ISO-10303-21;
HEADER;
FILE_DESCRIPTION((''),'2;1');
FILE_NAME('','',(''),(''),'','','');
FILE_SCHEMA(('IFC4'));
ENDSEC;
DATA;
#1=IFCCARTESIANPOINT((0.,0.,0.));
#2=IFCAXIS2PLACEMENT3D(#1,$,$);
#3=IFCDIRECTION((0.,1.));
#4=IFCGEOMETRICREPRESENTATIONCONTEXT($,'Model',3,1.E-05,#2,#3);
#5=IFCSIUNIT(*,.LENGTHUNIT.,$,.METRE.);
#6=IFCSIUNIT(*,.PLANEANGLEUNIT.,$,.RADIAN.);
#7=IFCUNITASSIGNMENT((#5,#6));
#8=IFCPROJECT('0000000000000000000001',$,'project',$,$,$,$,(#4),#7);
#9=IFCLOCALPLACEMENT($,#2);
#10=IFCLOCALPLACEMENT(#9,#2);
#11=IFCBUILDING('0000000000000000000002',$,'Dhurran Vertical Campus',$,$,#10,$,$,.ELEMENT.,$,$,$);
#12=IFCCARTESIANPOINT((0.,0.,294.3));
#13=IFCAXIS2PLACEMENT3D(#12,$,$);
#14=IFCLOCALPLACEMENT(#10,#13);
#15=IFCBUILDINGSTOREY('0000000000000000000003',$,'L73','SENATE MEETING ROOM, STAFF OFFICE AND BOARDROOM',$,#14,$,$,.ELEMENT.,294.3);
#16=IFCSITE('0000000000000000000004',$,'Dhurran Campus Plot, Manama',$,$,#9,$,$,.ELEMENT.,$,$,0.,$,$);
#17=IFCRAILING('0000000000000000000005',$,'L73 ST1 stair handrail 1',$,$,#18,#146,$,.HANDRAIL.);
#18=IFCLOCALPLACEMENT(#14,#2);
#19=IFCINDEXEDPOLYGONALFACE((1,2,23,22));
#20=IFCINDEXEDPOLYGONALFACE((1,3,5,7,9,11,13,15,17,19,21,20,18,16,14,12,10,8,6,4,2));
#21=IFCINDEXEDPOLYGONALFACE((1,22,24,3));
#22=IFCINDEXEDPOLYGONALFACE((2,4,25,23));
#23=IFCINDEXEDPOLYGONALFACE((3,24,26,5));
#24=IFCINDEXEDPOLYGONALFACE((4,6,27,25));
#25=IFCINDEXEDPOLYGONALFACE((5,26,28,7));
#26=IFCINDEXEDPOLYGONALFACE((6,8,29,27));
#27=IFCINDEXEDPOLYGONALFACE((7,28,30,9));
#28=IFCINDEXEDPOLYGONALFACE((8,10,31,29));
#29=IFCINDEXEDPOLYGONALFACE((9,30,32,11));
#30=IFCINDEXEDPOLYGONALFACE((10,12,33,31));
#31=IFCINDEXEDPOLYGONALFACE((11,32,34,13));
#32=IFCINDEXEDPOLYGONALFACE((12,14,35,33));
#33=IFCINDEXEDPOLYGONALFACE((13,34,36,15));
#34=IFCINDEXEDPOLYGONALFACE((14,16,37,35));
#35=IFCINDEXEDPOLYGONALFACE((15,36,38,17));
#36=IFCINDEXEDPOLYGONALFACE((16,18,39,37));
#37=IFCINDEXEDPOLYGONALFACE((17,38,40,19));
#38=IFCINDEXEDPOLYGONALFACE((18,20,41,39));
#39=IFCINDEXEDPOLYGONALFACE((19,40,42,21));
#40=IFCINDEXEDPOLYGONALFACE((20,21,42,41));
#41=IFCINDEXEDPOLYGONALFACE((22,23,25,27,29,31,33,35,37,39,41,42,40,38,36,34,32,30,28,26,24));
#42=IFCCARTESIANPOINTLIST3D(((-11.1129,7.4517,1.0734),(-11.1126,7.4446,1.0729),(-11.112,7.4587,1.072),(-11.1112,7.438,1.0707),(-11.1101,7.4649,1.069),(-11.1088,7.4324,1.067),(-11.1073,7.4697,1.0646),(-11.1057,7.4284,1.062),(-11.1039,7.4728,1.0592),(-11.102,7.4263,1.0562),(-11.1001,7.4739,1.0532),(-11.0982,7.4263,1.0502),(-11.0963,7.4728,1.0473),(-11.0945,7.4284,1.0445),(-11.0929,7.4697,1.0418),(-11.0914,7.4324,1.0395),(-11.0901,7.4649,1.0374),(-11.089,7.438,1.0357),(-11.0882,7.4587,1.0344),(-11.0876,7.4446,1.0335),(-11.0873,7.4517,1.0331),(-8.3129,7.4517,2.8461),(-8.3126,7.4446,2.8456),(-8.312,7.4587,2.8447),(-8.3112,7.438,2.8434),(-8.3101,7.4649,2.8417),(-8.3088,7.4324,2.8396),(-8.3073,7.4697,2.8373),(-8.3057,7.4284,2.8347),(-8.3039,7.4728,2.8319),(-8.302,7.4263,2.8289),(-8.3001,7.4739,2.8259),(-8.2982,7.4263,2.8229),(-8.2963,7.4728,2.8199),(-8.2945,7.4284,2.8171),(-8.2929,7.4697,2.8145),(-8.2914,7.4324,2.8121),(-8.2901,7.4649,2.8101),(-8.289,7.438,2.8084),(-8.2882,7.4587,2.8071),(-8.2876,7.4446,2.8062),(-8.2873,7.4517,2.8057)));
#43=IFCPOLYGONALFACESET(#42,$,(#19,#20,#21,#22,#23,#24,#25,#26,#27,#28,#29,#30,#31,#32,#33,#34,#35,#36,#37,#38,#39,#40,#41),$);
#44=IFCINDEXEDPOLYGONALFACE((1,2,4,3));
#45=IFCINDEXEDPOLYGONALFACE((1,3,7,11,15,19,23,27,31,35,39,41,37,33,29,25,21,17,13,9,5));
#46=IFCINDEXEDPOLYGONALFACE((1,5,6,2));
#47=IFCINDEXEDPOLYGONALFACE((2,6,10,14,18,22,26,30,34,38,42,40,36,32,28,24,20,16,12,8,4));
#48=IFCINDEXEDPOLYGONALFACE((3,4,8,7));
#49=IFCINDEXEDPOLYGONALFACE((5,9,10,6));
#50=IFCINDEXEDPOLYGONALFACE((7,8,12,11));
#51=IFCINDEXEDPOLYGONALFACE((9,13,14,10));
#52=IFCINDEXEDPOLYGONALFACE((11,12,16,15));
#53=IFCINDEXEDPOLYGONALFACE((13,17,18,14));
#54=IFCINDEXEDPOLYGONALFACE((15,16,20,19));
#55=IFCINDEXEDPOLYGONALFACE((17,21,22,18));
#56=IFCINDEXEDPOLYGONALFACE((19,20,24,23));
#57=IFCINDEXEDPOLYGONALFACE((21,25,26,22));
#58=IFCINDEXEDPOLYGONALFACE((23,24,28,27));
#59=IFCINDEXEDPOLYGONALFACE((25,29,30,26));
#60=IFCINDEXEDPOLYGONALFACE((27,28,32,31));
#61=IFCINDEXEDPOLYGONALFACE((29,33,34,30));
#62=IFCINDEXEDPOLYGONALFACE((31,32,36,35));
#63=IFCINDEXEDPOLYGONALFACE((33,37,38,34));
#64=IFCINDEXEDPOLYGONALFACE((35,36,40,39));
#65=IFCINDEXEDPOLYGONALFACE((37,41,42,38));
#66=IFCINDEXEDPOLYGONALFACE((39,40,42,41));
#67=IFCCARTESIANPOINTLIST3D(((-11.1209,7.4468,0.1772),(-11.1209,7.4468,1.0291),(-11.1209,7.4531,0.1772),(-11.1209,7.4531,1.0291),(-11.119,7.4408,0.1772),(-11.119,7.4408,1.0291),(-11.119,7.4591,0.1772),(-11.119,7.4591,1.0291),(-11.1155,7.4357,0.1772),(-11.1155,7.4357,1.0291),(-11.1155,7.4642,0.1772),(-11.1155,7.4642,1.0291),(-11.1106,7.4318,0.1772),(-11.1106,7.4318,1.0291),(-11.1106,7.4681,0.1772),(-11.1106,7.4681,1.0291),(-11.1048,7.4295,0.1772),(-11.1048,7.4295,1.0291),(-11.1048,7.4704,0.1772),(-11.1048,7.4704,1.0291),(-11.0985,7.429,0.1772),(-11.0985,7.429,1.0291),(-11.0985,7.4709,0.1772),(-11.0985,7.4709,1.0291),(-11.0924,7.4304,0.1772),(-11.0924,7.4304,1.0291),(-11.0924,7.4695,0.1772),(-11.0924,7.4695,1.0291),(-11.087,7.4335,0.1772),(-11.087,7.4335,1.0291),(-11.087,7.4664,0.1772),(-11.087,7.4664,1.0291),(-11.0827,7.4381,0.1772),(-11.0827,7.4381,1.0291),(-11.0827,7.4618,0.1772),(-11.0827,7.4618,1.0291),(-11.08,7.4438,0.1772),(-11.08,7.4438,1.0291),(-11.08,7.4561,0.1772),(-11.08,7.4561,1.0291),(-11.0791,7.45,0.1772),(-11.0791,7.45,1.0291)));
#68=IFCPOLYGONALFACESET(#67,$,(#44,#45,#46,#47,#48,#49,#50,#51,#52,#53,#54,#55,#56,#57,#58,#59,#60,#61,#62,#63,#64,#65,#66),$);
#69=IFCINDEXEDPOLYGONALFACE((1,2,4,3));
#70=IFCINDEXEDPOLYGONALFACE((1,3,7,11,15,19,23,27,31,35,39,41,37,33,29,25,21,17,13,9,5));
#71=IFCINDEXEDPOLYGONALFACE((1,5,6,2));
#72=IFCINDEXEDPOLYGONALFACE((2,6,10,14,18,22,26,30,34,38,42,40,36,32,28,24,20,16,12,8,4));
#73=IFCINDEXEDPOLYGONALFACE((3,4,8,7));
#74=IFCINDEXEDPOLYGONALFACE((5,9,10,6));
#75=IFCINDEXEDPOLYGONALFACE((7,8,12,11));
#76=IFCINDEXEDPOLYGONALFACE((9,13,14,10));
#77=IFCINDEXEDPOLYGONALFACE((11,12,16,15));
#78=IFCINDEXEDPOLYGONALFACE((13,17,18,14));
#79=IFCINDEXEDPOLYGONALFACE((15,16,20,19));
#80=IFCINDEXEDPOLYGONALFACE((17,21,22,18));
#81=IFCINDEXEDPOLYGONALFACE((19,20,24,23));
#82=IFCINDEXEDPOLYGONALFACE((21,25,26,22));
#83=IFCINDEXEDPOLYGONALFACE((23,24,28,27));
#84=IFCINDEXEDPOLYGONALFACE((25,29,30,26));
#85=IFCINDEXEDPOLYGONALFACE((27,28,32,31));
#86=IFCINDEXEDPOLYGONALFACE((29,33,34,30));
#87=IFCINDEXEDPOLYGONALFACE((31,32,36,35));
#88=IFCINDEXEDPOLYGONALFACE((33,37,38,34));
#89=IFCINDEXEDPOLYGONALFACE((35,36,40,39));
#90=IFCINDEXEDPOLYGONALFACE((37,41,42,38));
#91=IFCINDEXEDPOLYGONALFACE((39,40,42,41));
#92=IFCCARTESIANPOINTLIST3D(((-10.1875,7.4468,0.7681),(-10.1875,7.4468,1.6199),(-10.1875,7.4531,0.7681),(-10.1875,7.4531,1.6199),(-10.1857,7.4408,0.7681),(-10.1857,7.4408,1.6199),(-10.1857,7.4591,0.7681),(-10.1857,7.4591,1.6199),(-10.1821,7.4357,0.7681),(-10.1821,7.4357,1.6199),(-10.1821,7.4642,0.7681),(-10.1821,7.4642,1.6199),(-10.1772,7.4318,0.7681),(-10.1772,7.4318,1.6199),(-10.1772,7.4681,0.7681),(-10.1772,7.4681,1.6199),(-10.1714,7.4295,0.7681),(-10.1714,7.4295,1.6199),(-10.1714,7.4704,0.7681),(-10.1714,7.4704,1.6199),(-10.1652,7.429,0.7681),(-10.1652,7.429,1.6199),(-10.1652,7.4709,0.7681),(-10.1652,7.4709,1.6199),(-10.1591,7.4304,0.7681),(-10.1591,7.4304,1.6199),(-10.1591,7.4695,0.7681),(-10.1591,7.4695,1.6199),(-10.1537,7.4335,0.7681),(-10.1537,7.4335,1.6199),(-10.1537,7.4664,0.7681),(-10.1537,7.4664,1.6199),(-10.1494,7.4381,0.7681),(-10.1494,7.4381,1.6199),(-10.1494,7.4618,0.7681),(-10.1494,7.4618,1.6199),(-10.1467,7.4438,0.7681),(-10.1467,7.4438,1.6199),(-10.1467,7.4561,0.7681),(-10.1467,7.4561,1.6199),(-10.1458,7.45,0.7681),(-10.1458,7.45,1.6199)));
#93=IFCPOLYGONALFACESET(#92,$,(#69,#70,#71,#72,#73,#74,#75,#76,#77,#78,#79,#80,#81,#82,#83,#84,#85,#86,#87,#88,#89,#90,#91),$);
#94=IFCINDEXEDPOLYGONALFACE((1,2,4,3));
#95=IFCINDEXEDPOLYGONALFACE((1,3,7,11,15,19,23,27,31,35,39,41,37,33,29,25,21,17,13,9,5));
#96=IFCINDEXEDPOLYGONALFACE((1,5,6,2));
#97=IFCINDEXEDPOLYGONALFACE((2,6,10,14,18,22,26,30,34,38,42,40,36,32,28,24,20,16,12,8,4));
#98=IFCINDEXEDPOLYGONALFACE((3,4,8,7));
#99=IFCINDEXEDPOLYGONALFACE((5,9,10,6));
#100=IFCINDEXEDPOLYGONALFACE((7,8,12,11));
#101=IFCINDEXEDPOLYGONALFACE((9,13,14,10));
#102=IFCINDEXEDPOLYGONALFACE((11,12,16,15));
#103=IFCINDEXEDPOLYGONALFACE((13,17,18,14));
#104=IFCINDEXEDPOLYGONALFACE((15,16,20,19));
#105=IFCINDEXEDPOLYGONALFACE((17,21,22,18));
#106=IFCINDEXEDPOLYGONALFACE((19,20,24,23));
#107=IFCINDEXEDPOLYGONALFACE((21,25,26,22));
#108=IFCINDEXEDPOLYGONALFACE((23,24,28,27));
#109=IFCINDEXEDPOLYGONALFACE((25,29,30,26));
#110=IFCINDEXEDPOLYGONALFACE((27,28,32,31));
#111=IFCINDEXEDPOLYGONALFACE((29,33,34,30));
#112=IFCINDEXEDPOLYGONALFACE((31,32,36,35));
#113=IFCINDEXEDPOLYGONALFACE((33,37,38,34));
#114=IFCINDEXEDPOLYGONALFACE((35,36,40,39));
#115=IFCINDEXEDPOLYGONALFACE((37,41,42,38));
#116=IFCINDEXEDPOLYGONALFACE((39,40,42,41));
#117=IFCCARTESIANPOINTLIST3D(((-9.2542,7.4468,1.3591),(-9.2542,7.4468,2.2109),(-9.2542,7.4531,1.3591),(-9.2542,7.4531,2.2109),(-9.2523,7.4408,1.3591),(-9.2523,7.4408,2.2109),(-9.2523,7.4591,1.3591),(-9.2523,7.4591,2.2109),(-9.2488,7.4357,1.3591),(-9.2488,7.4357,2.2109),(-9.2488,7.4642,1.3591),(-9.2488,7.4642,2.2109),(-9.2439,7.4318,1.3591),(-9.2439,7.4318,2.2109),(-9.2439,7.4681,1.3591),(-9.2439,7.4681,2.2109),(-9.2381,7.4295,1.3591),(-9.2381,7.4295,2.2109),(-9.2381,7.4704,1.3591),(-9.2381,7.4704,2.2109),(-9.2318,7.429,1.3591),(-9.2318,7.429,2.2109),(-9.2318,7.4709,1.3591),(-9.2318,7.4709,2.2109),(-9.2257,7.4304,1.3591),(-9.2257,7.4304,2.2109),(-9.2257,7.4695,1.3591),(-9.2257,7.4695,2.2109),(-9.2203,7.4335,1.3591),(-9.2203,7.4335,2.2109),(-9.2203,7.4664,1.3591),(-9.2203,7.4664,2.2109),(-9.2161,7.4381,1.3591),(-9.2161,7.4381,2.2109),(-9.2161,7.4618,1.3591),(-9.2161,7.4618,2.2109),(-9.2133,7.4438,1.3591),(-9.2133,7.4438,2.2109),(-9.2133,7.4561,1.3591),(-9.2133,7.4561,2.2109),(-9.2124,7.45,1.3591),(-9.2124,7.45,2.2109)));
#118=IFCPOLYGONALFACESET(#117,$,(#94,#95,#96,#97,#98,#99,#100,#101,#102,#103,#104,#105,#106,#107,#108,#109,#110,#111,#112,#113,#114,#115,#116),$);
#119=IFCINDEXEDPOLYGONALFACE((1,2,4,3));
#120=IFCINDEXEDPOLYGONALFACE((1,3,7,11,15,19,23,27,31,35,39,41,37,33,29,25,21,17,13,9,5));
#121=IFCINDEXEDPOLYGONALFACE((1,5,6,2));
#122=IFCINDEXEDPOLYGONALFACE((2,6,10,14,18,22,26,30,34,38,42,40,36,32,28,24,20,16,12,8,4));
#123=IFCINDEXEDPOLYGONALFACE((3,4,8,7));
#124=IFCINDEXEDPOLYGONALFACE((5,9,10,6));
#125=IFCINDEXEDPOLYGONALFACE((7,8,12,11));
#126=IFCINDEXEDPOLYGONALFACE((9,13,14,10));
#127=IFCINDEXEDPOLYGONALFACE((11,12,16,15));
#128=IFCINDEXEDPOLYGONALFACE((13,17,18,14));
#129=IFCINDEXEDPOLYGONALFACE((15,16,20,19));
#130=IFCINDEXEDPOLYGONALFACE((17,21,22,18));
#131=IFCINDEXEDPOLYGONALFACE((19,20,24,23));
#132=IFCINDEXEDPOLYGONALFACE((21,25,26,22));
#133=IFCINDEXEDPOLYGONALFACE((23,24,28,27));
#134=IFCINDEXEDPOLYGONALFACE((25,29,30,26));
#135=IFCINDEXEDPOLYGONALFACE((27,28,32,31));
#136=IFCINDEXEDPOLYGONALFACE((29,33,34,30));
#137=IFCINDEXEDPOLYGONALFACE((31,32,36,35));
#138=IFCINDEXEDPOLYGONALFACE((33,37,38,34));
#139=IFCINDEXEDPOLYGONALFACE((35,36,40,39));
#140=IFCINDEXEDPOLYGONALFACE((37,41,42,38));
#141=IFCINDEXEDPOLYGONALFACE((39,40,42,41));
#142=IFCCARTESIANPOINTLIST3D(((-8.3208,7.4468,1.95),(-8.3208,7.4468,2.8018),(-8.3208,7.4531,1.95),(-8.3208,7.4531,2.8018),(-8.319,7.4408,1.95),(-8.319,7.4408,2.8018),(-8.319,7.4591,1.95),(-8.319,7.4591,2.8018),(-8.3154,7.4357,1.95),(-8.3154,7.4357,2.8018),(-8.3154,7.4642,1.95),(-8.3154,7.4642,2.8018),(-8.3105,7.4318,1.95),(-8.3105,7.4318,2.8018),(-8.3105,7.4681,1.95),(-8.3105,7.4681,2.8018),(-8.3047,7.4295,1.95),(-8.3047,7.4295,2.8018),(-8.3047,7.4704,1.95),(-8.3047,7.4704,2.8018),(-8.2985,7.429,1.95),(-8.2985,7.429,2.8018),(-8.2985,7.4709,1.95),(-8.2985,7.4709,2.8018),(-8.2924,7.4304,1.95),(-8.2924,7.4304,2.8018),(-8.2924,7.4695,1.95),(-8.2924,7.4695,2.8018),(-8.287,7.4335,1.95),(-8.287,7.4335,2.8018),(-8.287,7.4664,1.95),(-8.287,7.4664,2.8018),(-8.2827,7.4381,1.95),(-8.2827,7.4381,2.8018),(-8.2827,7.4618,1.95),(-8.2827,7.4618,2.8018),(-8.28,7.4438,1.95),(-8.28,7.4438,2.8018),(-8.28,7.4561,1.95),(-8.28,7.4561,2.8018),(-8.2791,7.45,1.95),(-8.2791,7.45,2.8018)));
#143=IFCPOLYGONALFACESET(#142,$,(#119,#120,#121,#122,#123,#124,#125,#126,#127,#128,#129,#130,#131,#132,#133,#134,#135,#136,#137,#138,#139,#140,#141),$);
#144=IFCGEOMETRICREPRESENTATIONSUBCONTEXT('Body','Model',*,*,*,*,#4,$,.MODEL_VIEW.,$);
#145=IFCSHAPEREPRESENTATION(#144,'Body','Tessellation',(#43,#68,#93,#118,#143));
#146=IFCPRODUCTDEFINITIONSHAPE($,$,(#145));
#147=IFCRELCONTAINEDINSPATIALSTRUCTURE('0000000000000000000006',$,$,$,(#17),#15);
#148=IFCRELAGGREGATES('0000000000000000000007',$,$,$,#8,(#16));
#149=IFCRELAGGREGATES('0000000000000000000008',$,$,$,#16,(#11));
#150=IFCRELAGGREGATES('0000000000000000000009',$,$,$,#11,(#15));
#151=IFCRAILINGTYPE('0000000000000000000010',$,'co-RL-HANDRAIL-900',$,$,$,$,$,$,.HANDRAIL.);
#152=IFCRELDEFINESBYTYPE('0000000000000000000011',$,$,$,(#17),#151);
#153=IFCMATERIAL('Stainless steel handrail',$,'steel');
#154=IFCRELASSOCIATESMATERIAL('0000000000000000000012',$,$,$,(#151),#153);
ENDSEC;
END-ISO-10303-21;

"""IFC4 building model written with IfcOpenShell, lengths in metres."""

from ifc_helpers import new_model, si_unit, direction, frame, origin, origin_2d, place, context, subcontext, project, spatial, circle, extrude, material, type_object, element, save


model = new_model("IFC4")

# Units and contexts
model_context = context("Model", 3, precision=1e-05, world=origin(), true_north=direction((0.0, 1.0)))
body_context = subcontext(model_context, "Body", "Model", "MODEL_VIEW")
ifc_project = project(units=[si_unit("LENGTHUNIT", "METRE"), si_unit("PLANEANGLEUNIT", "RADIAN")], contexts=[model_context])

# Site, building, storey
site_placement = place(None, origin())
site = spatial("IfcSite", under=ifc_project, at=site_placement, Name="Dhurran Campus Plot, Manama", CompositionType="ELEMENT", RefElevation=0.0)
building_placement = place(site_placement, origin())
building = spatial("IfcBuilding", under=site, at=building_placement, Name="Dhurran Vertical Campus", CompositionType="ELEMENT")
storey_placement = place(building_placement, frame((0.0, 0.0, 294.3)))
storey = spatial("IfcBuildingStorey", under=building, at=storey_placement, Name="L73", Description="SENATE MEETING ROOM, STAFF OFFICE AND BOARDROOM", CompositionType="ELEMENT", Elevation=294.3)

# Railing
ifc_material_1 = material(Name="Stainless steel handrail", Category="steel")
railing_type_1 = type_object("IfcRailingType", Name="co-RL-HANDRAIL-900", PredefinedType="HANDRAIL", material=ifc_material_1)
railing_1_placement = place(storey_placement, frame((-11.1001, 7.45, 0.1772)))
element("IfcRailing", 1, at=railing_1_placement, inside=storey, type_object=railing_type_1, Name="L73 ST1 stair handrail 1", PredefinedType="HANDRAIL", context=body_context, shape_type="SweptSolid", body=[
    extrude(circle(Radius=0.0239, at=origin_2d()), frame((0.0, 0.0, 0.876), z_axis=(0.844909, 0.0, 0.53491), x_axis=(0.0, 1.0, 0.0)), (0.0, 0.0, 1.0), 3.314),
    extrude(circle(Radius=0.021, at=origin_2d()), origin(), (0.0, 0.0, 1.0), 0.8518),
    extrude(circle(Radius=0.021, at=origin_2d()), frame((0.9333, 0.0, 0.5908)), (0.0, 0.0, 1.0), 0.8518),
    extrude(circle(Radius=0.021, at=origin_2d()), frame((1.8667, 0.0, 1.1819)), (0.0, 0.0, 1.0), 0.8518),
    extrude(circle(Radius=0.021, at=origin_2d()), frame((2.8, 0.0, 1.7727)), (0.0, 0.0, 1.0), 0.8518),
])

save(model, "model.ifc")
